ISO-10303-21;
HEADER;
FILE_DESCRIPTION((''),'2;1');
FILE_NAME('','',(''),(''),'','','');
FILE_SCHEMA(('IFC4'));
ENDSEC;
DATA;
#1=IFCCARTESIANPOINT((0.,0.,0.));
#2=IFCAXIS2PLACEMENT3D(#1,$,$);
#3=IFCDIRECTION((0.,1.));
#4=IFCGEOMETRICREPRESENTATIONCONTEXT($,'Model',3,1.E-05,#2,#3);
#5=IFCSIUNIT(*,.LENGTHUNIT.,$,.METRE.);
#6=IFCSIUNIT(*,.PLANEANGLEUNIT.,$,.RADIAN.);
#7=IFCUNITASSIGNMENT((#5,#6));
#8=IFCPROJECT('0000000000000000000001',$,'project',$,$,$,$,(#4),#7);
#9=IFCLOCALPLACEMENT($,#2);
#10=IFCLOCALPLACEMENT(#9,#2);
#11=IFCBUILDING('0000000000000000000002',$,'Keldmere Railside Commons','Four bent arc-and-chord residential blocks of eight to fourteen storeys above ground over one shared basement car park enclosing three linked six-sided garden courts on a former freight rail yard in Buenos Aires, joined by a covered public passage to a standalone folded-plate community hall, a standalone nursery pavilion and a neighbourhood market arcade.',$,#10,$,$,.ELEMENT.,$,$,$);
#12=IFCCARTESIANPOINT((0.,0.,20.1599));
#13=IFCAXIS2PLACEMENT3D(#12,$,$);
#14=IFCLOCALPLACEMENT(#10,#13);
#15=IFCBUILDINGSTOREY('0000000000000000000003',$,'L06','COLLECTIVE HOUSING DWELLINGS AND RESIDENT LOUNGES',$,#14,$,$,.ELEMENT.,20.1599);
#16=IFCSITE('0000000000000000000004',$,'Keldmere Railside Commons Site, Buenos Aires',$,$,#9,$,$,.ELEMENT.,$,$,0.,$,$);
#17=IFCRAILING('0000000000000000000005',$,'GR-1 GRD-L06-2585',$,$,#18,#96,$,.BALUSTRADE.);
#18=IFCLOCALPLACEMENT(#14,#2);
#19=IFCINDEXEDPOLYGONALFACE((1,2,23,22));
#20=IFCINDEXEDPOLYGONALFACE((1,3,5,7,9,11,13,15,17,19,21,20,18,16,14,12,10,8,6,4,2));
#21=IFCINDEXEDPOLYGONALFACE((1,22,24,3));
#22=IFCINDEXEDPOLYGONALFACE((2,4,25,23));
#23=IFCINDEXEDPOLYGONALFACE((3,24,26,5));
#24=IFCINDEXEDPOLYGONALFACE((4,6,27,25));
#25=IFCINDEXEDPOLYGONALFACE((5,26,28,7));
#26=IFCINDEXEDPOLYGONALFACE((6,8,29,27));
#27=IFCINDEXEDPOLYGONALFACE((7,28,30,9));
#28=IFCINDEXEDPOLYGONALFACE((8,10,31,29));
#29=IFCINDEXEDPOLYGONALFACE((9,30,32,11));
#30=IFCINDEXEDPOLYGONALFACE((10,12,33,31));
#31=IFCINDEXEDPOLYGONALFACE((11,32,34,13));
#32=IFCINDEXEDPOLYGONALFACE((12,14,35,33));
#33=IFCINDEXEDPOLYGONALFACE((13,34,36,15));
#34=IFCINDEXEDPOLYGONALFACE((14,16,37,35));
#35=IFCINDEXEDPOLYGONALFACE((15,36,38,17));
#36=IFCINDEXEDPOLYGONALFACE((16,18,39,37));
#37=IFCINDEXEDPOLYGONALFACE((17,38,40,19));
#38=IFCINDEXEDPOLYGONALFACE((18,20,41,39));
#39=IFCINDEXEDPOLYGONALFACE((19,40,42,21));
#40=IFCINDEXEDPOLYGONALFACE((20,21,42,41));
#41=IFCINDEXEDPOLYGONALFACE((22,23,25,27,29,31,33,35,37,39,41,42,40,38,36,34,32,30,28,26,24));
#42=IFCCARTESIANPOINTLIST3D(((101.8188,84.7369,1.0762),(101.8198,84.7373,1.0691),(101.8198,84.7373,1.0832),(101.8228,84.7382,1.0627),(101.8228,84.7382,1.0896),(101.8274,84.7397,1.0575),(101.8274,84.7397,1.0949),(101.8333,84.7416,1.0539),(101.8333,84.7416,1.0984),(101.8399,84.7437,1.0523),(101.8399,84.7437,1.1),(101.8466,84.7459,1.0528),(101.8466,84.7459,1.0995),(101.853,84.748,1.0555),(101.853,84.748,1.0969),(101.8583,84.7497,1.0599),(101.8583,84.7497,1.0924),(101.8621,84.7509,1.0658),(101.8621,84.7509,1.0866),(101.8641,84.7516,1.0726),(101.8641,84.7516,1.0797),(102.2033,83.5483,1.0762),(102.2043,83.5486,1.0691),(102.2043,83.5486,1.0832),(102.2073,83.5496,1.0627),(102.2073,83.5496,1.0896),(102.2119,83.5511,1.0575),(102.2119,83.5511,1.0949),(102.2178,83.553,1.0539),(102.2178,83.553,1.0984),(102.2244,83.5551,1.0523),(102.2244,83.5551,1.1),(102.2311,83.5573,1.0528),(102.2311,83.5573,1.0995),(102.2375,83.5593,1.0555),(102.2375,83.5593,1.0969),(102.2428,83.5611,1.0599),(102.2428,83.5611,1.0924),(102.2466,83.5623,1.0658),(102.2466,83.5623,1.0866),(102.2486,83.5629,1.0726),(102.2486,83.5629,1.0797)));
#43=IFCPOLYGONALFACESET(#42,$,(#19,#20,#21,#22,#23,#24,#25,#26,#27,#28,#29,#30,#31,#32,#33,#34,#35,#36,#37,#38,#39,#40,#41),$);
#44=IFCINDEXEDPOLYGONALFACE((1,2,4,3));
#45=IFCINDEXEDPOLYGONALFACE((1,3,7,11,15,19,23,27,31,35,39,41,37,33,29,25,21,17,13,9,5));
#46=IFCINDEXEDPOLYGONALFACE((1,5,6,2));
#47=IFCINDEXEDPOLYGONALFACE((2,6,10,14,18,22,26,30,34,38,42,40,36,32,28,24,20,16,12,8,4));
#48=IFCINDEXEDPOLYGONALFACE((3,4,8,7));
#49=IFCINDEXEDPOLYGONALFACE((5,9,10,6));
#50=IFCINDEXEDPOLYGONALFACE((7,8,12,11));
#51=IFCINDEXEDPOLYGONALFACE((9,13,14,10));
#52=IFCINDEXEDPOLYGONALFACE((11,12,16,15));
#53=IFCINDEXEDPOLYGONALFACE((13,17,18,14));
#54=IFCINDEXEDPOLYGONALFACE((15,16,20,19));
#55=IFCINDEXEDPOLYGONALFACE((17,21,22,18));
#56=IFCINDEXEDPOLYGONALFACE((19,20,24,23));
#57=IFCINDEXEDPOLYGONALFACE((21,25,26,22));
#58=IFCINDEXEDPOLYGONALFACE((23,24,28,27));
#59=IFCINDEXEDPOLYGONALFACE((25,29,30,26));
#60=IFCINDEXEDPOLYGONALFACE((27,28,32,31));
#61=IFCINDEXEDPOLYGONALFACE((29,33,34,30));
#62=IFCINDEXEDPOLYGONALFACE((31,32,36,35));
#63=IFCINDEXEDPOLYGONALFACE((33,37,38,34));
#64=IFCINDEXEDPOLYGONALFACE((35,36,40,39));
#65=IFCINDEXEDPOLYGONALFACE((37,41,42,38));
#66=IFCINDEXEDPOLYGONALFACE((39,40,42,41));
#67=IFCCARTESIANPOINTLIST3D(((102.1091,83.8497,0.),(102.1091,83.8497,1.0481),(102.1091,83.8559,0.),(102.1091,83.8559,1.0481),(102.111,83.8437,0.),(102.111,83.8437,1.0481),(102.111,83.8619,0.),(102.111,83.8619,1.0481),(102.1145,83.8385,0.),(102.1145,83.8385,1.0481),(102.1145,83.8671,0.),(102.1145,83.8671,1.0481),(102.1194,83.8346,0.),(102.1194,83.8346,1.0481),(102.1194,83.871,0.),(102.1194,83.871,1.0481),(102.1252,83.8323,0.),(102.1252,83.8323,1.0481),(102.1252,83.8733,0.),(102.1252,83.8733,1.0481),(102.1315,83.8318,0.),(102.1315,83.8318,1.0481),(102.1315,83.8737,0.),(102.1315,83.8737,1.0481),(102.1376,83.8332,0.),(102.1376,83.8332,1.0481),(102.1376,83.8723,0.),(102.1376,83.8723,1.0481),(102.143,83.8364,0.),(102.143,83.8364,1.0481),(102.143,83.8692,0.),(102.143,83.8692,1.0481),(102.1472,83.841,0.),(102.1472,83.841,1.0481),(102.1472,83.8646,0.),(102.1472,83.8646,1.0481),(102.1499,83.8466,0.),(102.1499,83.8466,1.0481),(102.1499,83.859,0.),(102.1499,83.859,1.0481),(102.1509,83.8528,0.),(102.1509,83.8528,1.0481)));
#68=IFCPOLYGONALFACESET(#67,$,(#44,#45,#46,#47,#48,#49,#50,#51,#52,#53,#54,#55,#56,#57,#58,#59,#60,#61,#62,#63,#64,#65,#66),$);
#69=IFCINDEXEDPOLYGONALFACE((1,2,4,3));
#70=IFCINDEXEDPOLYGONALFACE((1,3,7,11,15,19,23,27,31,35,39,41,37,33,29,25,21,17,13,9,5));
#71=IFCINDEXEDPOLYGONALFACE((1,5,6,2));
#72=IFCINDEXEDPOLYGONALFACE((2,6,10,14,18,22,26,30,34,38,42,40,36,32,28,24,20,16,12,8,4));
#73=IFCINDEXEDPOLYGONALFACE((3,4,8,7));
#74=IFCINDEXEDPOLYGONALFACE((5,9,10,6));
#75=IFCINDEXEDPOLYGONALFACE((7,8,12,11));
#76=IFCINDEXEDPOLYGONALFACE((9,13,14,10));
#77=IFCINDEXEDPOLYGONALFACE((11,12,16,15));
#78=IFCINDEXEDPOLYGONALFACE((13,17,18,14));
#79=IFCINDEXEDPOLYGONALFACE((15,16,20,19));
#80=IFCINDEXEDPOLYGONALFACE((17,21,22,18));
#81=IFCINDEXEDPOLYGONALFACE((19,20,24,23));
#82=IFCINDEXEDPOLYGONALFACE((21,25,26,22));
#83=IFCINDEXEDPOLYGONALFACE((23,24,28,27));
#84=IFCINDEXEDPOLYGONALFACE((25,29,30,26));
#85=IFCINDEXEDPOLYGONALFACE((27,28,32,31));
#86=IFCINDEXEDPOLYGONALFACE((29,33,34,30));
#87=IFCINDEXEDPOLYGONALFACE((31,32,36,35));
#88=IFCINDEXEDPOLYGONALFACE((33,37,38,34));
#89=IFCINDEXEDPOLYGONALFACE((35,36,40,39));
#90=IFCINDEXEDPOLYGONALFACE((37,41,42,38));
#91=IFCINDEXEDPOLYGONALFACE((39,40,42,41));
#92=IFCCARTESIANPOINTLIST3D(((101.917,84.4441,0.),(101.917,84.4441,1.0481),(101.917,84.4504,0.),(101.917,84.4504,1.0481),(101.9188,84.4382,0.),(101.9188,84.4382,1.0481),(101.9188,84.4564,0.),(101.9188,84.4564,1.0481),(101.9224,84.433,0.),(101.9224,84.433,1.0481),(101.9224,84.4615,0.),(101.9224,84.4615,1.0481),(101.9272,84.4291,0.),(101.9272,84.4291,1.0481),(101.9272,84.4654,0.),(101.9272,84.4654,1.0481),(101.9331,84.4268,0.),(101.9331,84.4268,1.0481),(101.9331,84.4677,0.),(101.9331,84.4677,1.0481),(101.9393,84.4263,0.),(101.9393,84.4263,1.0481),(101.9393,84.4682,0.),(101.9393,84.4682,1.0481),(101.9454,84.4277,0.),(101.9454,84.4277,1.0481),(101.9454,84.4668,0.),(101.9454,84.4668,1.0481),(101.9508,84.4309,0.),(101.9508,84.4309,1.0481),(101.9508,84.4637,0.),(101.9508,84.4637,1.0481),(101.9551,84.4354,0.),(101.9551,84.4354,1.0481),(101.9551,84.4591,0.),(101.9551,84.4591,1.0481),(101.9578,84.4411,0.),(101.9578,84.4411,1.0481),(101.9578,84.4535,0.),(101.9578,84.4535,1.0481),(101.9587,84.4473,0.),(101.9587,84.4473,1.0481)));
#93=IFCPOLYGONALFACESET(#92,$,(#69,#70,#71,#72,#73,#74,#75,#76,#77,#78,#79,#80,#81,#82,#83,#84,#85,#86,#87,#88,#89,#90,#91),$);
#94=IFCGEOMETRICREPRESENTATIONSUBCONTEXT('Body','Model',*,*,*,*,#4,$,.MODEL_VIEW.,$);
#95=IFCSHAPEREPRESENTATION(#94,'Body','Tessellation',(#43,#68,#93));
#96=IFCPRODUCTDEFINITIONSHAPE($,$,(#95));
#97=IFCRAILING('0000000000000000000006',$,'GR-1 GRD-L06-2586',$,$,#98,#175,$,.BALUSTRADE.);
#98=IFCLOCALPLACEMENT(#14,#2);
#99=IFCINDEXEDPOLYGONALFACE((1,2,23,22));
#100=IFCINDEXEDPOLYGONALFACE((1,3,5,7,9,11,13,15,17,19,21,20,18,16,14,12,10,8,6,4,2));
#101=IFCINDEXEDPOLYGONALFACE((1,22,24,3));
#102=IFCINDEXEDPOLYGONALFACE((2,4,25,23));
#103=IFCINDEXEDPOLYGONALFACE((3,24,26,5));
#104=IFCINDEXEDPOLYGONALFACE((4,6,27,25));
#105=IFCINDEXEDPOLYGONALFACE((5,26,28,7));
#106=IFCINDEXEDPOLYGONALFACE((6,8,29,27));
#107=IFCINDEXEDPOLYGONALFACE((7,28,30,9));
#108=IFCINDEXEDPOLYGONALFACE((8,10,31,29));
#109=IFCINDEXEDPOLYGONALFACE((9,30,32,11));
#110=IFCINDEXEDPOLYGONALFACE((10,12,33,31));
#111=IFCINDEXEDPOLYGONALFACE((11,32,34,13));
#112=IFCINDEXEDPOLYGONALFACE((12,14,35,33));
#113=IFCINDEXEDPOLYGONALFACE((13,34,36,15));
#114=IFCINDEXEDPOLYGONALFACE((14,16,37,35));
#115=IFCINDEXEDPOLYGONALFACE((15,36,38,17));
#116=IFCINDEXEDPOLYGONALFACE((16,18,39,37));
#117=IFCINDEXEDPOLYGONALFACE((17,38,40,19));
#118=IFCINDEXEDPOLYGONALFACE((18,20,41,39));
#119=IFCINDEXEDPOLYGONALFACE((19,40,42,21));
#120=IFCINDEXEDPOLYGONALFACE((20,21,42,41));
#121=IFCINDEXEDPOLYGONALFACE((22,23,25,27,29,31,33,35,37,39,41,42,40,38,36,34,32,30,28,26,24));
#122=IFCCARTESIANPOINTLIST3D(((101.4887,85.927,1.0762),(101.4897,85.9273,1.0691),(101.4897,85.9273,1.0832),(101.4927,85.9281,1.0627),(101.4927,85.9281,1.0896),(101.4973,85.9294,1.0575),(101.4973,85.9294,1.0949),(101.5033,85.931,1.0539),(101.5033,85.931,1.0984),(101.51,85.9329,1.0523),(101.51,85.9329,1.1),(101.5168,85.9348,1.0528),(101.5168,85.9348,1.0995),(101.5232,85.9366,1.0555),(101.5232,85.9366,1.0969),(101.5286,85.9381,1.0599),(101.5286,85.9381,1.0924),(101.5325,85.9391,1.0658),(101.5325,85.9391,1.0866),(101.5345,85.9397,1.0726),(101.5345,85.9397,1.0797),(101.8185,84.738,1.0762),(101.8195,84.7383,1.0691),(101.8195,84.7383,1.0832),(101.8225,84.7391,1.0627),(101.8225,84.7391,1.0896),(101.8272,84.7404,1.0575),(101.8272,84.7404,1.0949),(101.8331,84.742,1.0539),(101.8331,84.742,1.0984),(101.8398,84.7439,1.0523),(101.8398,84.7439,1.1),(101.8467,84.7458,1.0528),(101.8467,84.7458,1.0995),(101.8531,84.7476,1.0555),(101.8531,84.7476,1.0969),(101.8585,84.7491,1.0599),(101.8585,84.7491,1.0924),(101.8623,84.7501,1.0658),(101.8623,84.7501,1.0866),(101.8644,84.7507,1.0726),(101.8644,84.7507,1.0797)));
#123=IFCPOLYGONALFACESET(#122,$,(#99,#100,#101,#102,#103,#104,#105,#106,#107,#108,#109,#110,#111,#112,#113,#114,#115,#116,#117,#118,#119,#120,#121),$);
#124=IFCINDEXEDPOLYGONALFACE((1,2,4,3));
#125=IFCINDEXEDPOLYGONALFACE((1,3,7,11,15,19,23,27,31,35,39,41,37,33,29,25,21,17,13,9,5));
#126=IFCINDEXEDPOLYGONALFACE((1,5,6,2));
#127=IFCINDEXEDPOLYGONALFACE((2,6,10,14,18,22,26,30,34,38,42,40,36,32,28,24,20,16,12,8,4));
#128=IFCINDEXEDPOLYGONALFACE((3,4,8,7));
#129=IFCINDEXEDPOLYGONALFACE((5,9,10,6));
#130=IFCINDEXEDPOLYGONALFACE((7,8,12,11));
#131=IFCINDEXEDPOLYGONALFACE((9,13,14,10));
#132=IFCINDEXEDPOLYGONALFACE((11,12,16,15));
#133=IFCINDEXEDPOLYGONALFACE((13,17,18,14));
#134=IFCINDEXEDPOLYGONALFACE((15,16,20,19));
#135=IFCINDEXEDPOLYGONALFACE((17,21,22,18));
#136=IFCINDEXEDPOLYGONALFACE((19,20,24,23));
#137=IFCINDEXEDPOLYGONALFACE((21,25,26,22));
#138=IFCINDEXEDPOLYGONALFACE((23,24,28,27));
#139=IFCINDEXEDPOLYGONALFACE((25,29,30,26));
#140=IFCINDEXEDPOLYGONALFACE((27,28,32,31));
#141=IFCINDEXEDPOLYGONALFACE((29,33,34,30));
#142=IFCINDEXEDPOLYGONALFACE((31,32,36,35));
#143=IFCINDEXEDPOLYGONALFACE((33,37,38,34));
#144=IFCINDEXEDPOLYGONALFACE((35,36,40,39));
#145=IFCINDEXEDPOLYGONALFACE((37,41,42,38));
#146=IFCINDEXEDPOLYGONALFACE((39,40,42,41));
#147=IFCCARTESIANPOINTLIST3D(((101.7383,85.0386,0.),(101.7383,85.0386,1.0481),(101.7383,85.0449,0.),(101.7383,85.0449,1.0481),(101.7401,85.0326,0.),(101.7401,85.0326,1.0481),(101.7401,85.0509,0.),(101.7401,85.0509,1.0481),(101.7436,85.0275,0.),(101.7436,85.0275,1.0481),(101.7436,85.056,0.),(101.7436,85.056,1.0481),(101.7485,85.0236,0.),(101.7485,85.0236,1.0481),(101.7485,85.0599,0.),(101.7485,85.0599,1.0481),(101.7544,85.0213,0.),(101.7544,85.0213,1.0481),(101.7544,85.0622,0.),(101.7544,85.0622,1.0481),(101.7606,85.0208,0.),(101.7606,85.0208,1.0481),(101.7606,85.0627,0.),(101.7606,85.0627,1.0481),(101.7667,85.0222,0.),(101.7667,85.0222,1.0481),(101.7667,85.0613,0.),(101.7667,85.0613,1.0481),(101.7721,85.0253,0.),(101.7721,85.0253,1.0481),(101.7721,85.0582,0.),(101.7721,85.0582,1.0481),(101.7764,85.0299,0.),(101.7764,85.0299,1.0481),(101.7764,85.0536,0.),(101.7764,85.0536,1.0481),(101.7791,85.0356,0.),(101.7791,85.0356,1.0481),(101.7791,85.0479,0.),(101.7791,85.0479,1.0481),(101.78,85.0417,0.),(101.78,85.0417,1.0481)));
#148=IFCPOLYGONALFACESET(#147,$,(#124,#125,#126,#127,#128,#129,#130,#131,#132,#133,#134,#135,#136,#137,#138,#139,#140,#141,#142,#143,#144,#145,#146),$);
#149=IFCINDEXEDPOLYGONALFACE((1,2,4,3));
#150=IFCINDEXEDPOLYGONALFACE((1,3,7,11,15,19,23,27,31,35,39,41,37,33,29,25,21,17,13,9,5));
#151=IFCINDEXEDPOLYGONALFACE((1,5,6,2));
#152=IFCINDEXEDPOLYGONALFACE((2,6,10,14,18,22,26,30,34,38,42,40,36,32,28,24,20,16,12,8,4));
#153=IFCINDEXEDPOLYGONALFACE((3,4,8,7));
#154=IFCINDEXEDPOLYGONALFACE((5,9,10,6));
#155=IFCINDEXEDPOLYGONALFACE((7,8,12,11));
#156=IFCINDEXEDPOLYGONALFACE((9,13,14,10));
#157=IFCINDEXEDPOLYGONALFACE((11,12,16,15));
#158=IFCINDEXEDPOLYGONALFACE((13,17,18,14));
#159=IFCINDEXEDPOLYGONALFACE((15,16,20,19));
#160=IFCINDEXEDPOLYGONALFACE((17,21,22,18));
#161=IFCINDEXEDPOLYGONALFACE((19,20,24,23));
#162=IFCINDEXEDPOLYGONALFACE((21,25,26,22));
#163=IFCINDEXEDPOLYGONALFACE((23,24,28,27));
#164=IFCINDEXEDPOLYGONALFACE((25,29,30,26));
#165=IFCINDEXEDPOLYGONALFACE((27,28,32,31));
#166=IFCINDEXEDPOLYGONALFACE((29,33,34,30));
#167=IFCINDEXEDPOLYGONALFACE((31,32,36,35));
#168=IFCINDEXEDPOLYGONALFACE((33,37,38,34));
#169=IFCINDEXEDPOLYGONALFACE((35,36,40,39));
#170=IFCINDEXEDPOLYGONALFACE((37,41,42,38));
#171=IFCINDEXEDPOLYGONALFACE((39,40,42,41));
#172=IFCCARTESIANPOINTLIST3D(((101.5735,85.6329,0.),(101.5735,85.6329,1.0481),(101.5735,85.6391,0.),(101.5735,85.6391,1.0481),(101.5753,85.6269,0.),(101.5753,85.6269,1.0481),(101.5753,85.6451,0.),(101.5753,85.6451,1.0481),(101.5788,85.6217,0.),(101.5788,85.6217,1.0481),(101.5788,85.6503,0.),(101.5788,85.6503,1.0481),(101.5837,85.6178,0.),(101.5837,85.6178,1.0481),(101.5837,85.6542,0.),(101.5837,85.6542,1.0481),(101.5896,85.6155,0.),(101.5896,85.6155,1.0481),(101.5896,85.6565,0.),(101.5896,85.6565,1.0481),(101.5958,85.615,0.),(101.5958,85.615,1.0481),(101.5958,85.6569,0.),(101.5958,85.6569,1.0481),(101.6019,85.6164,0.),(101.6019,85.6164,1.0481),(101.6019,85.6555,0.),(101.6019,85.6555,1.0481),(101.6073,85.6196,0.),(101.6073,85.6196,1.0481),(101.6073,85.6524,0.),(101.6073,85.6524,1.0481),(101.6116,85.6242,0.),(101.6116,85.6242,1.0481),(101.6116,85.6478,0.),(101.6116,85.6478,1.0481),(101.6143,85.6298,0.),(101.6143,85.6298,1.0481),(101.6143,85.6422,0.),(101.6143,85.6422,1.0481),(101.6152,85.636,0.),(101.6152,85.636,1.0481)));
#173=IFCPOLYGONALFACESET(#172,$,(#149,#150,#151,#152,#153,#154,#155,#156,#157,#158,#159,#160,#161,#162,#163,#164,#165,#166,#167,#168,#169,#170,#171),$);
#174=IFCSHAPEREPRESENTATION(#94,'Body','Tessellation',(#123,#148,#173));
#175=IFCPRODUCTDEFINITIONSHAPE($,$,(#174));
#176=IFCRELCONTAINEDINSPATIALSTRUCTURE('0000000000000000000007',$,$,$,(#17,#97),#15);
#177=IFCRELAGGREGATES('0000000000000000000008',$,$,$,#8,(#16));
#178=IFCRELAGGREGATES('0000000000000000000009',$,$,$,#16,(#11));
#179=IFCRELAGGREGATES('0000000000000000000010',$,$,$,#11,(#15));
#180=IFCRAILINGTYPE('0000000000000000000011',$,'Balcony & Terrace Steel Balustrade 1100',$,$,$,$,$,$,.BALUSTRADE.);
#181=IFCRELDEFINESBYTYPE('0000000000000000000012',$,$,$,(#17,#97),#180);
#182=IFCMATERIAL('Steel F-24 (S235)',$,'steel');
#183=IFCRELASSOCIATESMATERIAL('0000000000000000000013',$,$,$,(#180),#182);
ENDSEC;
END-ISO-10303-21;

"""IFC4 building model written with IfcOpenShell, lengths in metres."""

from ifc_helpers import new_model, si_unit, direction, frame, origin, origin_2d, place, context, subcontext, project, spatial, circle, extrude, material, type_object, element, save


model = new_model("IFC4")

# Units and contexts
model_context = context("Model", 3, precision=1e-05, world=origin(), true_north=direction((0.0, 1.0)))
body_context = subcontext(model_context, "Body", "Model", "MODEL_VIEW")
ifc_project = project(units=[si_unit("LENGTHUNIT", "METRE"), si_unit("PLANEANGLEUNIT", "RADIAN")], contexts=[model_context])

# Site, building, storey
site_placement = place(None, origin())
site = spatial("IfcSite", under=ifc_project, at=site_placement, Name="Keldmere Railside Commons Site, Buenos Aires", CompositionType="ELEMENT", RefElevation=0.0)
building_placement = place(site_placement, origin())
building = spatial("IfcBuilding", under=site, at=building_placement, Name="Keldmere Railside Commons", Description="Four bent arc-and-chord residential blocks of eight to fourteen storeys above ground over one shared basement car park enclosing three linked six-sided garden courts on a former freight rail yard in Buenos Aires, joined by a covered public passage to a standalone folded-plate community hall, a standalone nursery pavilion and a neighbourhood market arcade.", CompositionType="ELEMENT")
storey_placement = place(building_placement, frame((0.0, 0.0, 20.1599)))
storey = spatial("IfcBuildingStorey", under=building, at=storey_placement, Name="L06", Description="COLLECTIVE HOUSING DWELLINGS AND RESIDENT LOUNGES", CompositionType="ELEMENT", Elevation=20.1599)

# Shared definitions
ifc_material_1 = material(Name="Steel F-24 (S235)", Category="steel")

# Railings
railing_type = type_object("IfcRailingType", Name="Balcony & Terrace Steel Balustrade 1100", PredefinedType="BALUSTRADE", material=ifc_material_1)
railing_1_placement = place(storey_placement, frame((102.2261, 83.5557, 0.0)))
element("IfcRailing", 1, at=railing_1_placement, inside=storey, type_object=railing_type, Name="GR-1 GRD-L06-2585", PredefinedType="BALUSTRADE", context=body_context, shape_type="SweptSolid", body=[
    extrude(circle(Radius=0.0239, at=origin_2d()), frame((0.0, 0.0, 1.0762), z_axis=(-0.307773, 0.95146, 0.0), x_axis=(-0.95146, -0.307773, 0.0)), (0.0, 0.0, 1.0), 1.2493),
    extrude(circle(Radius=0.021, at=origin_2d()), frame((-0.0962, 0.2971, 0.0)), (0.0, 0.0, 1.0), 1.0481),
    extrude(circle(Radius=0.021, at=origin_2d()), frame((-0.2883, 0.8916, 0.0)), (0.0, 0.0, 1.0), 1.0481),
])
railing_2_placement = place(storey_placement, frame((101.8416, 84.7444, 0.0)))
element("IfcRailing", 2, at=railing_2_placement, inside=storey, type_object=railing_type, Name="GR-1 GRD-L06-2586", PredefinedType="BALUSTRADE", context=body_context, shape_type="SweptSolid", body=[
    extrude(circle(Radius=0.0239, at=origin_2d()), frame((0.0, 0.0, 1.0762), z_axis=(-0.267317, 0.963609, 0.0), x_axis=(-0.963609, -0.267317, 0.0)), (0.0, 0.0, 1.0), 1.2339),
    extrude(circle(Radius=0.021, at=origin_2d()), frame((-0.0825, 0.2974, 0.0)), (0.0, 0.0, 1.0), 1.0481),
    extrude(circle(Radius=0.021, at=origin_2d()), frame((-0.2473, 0.8916, 0.0)), (0.0, 0.0, 1.0), 1.0481),
])

save(model, "model.ifc")
